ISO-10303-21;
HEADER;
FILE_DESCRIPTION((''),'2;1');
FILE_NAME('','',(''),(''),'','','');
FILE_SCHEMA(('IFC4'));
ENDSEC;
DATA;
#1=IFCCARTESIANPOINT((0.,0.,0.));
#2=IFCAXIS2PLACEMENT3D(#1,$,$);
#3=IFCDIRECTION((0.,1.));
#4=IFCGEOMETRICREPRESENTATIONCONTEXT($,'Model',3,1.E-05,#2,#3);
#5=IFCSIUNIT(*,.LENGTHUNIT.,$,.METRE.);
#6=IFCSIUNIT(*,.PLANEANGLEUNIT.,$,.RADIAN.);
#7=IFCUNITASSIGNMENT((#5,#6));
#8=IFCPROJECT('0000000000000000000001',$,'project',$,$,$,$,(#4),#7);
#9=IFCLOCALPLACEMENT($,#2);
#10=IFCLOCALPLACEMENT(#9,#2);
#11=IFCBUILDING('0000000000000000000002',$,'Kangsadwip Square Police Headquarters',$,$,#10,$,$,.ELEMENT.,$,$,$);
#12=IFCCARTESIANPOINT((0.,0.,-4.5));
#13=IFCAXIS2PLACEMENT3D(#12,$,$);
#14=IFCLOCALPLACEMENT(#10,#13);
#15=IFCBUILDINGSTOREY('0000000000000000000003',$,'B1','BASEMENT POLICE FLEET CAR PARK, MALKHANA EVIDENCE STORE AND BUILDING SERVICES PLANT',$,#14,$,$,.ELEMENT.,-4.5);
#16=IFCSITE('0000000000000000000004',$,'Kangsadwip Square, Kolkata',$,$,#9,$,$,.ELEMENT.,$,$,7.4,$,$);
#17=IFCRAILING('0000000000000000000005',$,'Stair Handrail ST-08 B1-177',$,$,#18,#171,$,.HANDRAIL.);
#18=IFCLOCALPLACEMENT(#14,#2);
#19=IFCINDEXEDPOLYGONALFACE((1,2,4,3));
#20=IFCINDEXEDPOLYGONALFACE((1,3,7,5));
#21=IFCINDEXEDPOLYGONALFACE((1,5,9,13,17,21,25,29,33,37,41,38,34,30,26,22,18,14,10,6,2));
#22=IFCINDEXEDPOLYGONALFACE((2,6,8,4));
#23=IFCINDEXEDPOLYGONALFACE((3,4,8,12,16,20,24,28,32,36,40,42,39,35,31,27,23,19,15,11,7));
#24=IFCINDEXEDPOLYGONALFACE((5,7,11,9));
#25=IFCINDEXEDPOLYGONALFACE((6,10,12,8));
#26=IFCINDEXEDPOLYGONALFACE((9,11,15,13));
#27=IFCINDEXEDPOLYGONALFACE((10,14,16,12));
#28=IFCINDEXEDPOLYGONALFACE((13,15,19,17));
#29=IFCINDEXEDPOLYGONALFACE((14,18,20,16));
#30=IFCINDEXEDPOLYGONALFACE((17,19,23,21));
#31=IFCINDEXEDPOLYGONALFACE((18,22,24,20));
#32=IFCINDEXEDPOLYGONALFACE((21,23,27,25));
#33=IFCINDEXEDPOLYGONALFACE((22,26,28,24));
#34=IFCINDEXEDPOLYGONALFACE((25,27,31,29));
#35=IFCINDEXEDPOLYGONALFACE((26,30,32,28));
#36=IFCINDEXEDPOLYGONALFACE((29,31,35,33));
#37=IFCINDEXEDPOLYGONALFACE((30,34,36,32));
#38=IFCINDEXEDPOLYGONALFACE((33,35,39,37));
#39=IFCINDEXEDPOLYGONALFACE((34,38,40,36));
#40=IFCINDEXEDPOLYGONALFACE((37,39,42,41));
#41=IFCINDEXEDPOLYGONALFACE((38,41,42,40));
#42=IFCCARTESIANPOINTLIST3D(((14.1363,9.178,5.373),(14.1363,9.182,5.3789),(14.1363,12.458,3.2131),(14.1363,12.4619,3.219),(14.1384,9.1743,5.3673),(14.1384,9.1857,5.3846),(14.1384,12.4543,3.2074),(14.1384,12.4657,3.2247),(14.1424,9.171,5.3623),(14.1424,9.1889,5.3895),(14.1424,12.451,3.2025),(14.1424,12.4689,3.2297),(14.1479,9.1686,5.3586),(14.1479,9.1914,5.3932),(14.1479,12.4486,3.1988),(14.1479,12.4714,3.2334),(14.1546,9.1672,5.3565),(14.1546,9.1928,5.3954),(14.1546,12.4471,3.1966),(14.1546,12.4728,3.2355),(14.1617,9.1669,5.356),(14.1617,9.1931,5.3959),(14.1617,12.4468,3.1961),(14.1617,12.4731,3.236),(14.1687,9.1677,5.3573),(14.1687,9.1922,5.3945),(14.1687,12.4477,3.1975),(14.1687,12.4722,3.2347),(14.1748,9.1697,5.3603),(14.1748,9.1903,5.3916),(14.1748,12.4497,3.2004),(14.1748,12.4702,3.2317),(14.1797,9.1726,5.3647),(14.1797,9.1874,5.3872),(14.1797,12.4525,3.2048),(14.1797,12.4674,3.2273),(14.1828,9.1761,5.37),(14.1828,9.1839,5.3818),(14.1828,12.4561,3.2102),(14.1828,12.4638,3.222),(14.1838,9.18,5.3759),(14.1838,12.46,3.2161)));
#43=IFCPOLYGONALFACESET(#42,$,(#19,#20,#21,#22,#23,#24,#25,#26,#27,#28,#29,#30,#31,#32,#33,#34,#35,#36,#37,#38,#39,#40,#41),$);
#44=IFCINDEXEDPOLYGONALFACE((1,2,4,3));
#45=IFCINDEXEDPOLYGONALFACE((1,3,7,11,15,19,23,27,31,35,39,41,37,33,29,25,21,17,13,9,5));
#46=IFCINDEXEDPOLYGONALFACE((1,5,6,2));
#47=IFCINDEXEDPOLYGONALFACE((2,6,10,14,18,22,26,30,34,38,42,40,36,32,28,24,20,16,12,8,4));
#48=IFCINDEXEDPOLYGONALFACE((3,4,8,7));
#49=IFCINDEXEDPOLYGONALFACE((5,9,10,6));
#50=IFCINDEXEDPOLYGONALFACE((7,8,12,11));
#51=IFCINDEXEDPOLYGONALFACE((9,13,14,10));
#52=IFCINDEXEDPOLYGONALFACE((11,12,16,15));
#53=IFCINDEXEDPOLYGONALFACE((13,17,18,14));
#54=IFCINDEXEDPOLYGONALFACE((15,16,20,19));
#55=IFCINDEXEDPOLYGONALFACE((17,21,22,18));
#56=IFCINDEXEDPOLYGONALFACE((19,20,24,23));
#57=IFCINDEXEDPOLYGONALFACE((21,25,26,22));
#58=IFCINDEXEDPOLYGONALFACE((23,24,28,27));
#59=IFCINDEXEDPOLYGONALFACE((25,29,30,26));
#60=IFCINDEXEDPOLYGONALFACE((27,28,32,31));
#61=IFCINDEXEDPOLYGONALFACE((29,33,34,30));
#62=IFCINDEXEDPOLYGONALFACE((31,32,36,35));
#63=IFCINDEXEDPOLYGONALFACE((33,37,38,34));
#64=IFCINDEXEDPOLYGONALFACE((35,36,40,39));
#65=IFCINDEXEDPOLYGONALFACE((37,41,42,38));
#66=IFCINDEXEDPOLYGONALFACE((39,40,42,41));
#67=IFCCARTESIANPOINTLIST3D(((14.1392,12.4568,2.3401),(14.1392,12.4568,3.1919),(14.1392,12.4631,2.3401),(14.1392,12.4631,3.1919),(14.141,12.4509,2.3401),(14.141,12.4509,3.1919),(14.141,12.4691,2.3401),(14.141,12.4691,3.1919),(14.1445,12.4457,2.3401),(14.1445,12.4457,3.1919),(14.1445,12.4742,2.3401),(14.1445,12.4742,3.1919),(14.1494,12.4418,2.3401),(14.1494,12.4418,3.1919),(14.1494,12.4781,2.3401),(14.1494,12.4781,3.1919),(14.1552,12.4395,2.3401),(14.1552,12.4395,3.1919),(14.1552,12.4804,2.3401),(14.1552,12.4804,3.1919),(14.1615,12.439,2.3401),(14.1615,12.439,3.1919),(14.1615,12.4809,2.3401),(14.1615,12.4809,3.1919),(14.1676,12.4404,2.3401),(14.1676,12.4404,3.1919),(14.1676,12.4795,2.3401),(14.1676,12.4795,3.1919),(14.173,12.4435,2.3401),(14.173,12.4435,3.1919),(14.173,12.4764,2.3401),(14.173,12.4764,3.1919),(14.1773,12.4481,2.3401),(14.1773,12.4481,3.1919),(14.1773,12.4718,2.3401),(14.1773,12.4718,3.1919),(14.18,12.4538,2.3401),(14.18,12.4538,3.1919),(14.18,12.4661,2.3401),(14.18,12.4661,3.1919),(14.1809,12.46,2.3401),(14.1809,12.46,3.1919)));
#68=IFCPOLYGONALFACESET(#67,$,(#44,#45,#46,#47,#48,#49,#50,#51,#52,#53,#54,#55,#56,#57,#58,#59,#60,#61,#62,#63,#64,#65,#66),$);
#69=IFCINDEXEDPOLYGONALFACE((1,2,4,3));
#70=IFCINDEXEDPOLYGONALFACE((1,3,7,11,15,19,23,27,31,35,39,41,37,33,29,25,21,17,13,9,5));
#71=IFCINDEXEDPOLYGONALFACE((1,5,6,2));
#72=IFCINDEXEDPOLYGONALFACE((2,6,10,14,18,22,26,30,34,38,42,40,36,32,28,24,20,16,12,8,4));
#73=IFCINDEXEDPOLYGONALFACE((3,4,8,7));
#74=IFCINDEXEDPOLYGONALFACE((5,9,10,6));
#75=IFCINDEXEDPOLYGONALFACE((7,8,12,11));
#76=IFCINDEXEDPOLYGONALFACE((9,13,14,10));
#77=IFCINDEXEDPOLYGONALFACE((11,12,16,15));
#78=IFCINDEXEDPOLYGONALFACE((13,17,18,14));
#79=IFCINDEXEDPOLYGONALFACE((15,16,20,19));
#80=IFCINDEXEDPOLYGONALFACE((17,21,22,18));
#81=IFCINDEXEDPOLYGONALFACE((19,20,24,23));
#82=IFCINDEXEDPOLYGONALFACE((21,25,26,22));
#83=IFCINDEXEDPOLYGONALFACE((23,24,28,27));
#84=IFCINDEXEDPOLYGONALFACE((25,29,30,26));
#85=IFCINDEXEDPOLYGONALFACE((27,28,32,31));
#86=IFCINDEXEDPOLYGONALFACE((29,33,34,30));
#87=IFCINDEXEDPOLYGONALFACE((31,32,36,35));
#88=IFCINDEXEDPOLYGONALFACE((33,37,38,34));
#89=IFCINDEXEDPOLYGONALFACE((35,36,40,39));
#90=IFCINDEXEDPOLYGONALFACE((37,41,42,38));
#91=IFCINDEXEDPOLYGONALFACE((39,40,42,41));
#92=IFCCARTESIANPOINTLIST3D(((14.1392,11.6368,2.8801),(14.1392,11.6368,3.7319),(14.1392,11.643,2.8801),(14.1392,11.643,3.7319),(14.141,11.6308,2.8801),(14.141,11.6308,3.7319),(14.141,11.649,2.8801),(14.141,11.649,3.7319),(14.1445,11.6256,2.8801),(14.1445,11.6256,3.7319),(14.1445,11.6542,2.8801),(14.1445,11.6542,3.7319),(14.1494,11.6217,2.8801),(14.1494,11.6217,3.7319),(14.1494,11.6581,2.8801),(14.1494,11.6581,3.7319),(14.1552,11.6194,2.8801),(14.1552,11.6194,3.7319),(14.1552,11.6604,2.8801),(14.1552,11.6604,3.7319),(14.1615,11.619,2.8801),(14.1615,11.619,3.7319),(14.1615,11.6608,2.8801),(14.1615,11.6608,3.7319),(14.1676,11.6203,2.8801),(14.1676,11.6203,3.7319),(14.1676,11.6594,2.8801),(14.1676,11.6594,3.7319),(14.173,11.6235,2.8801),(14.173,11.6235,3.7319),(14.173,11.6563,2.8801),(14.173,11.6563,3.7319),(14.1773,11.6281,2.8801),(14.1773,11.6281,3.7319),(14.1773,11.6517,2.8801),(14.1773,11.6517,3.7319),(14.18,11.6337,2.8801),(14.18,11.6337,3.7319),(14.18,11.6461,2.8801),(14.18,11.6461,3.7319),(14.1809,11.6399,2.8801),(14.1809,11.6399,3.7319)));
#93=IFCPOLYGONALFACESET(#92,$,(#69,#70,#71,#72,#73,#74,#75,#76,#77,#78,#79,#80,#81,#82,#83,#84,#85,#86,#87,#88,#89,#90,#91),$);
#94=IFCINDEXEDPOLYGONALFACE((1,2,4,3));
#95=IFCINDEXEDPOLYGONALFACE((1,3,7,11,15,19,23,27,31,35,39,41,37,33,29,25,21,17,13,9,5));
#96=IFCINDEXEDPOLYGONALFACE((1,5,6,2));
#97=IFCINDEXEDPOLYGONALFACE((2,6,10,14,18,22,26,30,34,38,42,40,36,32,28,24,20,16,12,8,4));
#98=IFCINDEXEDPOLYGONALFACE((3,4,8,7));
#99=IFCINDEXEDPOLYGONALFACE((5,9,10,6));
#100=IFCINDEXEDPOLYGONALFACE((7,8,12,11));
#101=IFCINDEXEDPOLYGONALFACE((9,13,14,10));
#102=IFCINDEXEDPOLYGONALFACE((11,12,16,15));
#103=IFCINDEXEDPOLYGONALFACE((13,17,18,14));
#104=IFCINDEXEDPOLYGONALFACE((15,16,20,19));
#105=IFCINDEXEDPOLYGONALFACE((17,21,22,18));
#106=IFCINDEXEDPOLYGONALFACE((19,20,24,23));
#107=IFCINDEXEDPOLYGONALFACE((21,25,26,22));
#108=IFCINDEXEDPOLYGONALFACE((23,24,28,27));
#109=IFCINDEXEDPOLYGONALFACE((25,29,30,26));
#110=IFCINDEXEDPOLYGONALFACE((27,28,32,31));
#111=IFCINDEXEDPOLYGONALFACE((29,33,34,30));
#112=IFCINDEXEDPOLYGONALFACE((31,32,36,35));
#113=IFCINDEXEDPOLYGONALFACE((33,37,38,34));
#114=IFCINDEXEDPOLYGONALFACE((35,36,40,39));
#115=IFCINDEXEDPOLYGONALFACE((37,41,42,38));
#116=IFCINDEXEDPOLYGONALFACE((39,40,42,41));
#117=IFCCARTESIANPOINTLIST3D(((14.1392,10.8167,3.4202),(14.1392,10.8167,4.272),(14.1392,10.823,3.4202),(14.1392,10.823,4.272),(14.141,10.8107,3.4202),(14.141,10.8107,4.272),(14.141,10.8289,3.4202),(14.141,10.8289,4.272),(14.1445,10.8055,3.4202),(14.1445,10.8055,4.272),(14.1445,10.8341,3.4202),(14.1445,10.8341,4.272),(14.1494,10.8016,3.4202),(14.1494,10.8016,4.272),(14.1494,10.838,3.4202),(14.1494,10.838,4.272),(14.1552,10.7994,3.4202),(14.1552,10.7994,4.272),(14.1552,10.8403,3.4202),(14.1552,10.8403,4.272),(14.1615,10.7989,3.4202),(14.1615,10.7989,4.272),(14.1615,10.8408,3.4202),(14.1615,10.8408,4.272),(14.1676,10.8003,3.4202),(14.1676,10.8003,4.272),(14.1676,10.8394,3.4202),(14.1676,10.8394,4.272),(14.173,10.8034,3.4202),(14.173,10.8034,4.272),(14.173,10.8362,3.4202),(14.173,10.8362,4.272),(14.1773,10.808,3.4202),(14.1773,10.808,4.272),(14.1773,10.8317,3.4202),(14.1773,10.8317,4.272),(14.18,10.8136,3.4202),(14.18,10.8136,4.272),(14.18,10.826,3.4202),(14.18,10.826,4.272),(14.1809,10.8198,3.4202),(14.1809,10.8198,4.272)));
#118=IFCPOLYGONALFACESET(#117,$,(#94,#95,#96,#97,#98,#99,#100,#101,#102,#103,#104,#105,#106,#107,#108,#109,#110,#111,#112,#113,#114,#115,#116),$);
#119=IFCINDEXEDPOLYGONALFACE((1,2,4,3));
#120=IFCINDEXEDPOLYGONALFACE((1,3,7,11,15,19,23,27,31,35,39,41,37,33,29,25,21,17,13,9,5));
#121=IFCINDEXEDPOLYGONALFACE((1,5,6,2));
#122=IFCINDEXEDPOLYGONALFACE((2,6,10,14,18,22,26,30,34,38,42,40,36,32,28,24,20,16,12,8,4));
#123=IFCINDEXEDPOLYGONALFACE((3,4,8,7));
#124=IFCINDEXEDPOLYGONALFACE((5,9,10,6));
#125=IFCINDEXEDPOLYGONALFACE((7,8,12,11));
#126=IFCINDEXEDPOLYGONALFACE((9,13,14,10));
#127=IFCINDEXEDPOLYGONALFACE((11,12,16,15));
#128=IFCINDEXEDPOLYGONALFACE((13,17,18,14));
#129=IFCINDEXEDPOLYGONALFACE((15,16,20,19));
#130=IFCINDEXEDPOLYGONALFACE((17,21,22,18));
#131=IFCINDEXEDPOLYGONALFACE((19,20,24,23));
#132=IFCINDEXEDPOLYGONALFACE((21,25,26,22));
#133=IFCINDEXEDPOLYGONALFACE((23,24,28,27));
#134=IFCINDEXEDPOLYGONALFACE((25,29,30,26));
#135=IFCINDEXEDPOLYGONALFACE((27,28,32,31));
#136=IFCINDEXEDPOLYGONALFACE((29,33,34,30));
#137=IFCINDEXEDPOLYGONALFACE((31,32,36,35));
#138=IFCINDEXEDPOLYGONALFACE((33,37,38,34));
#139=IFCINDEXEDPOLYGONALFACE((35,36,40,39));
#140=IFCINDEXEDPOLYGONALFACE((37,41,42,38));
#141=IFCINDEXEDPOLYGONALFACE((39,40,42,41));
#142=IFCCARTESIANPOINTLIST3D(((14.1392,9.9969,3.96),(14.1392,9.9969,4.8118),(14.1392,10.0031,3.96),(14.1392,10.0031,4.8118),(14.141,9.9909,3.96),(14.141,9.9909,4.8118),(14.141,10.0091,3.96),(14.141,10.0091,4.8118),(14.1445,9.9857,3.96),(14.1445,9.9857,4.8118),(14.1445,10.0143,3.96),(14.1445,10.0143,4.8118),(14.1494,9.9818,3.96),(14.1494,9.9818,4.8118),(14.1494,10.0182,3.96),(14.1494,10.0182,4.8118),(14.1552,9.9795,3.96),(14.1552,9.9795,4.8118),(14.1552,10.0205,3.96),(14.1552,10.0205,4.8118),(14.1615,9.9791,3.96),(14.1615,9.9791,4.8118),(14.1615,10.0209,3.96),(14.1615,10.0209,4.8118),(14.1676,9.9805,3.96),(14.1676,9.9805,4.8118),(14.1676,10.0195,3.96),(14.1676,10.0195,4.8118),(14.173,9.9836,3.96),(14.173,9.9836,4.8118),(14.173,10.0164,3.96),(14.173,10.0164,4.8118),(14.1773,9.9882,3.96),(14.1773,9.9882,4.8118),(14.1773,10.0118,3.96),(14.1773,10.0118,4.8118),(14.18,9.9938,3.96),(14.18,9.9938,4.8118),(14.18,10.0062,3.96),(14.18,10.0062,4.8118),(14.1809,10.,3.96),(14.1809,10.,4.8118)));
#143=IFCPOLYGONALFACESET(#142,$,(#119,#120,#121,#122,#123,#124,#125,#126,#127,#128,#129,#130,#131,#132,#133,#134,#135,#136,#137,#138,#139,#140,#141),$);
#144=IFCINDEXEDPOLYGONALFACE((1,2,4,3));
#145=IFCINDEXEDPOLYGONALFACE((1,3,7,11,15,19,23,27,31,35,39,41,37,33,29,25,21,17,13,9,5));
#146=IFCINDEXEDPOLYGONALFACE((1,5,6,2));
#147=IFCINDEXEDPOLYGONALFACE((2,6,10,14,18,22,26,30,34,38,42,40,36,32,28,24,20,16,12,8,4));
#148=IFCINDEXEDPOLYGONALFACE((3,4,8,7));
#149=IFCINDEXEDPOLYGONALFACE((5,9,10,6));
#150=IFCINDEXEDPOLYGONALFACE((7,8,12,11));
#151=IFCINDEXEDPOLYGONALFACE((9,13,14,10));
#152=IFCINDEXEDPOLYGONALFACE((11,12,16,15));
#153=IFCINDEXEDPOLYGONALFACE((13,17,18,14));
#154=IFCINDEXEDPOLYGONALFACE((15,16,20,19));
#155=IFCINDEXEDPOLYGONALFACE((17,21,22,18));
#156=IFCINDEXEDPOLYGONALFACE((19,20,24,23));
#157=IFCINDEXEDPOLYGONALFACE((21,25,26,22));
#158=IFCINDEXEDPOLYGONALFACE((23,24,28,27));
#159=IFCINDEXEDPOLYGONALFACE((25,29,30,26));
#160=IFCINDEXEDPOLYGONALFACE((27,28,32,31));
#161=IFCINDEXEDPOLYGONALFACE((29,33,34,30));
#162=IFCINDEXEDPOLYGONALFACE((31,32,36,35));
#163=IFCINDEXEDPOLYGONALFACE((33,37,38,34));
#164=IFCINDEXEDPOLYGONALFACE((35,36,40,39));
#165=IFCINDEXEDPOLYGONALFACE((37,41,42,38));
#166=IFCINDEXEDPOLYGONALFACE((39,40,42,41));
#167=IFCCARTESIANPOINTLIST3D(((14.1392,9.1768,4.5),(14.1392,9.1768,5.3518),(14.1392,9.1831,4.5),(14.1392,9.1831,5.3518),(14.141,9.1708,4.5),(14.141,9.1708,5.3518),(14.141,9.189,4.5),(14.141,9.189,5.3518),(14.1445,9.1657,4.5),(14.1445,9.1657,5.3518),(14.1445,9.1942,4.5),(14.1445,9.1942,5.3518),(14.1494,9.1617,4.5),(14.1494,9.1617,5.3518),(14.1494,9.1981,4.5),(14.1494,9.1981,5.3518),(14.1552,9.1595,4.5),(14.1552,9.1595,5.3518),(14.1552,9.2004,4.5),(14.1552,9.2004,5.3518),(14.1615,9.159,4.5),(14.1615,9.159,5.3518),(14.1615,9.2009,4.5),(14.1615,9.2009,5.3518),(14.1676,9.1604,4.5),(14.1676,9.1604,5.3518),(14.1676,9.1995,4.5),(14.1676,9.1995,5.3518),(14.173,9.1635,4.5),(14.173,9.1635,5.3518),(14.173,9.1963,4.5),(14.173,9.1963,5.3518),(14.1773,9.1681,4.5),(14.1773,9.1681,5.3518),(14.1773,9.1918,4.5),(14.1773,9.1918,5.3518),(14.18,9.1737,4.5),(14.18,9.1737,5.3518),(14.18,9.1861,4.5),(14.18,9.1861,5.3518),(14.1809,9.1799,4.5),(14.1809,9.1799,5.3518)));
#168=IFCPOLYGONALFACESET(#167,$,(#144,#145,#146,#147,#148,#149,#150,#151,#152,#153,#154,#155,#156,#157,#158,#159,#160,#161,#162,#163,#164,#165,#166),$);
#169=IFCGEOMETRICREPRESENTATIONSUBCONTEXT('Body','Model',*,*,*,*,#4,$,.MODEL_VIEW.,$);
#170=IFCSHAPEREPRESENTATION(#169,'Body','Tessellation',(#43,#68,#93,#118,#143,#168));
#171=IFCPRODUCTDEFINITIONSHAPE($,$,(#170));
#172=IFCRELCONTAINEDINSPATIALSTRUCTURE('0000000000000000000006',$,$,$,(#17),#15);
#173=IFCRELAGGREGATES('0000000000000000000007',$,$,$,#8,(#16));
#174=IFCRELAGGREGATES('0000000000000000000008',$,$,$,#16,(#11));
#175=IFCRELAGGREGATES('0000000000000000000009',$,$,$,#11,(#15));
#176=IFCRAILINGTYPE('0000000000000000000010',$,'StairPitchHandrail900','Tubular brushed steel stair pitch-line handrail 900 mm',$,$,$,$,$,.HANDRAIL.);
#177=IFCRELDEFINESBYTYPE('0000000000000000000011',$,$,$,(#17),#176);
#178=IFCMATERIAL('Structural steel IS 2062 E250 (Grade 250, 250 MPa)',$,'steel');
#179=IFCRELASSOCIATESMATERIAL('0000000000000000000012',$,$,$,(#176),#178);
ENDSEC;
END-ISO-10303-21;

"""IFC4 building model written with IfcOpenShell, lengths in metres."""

from ifc_helpers import new_model, si_unit, direction, frame, origin, origin_2d, place, context, subcontext, project, spatial, circle, extrude, material, type_object, element, save


model = new_model("IFC4")

# Units and contexts
model_context = context("Model", 3, precision=1e-05, world=origin(), true_north=direction((0.0, 1.0)))
body_context = subcontext(model_context, "Body", "Model", "MODEL_VIEW")
ifc_project = project(units=[si_unit("LENGTHUNIT", "METRE"), si_unit("PLANEANGLEUNIT", "RADIAN")], contexts=[model_context])

# Site, building, storey
site_placement = place(None, origin())
site = spatial("IfcSite", under=ifc_project, at=site_placement, Name="Kangsadwip Square, Kolkata", CompositionType="ELEMENT", RefElevation=7.4)
building_placement = place(site_placement, origin())
building = spatial("IfcBuilding", under=site, at=building_placement, Name="Kangsadwip Square Police Headquarters", CompositionType="ELEMENT")
storey_placement = place(building_placement, frame((0.0, 0.0, -4.5)))
storey = spatial("IfcBuildingStorey", under=building, at=storey_placement, Name="B1", Description="BASEMENT POLICE FLEET CAR PARK, MALKHANA EVIDENCE STORE AND BUILDING SERVICES PLANT", CompositionType="ELEMENT", Elevation=-4.5)

# Railing
ifc_material_1 = material(Name="Structural steel IS 2062 E250 (Grade 250, 250 MPa)", Category="steel")
railing_type_1 = type_object("IfcRailingType", Name="StairPitchHandrail900", Description="Tubular brushed steel stair pitch-line handrail 900 mm", PredefinedType="HANDRAIL", material=ifc_material_1)
railing_1_placement = place(storey_placement, frame((14.1599, 12.46, 2.3401)))
element("IfcRailing", 1, at=railing_1_placement, inside=storey, type_object=railing_type_1, Name="Stair Handrail ST-08 B1-177", PredefinedType="HANDRAIL", context=body_context, shape_type="SweptSolid", body=[
    extrude(circle(Radius=0.0239, at=origin_2d()), frame((0.0, 0.0, 0.876), z_axis=(0.0, -0.835183, 0.549972), x_axis=(1.0, 0.0, 0.0)), (0.0, 0.0, 1.0), 3.9272),
    extrude(circle(Radius=0.021, at=origin_2d()), origin(), (0.0, 0.0, 1.0), 0.8518),
    extrude(circle(Radius=0.021, at=origin_2d()), frame((0.0, -0.8201, 0.54)), (0.0, 0.0, 1.0), 0.8518),
    extrude(circle(Radius=0.021, at=origin_2d()), frame((0.0, -1.6401, 1.0801)), (0.0, 0.0, 1.0), 0.8518),
    extrude(circle(Radius=0.021, at=origin_2d()), frame((0.0, -2.46, 1.6199)), (0.0, 0.0, 1.0), 0.8518),
    extrude(circle(Radius=0.021, at=origin_2d()), frame((0.0, -3.28, 2.1599)), (0.0, 0.0, 1.0), 0.8518),
])

save(model, "model.ifc")
